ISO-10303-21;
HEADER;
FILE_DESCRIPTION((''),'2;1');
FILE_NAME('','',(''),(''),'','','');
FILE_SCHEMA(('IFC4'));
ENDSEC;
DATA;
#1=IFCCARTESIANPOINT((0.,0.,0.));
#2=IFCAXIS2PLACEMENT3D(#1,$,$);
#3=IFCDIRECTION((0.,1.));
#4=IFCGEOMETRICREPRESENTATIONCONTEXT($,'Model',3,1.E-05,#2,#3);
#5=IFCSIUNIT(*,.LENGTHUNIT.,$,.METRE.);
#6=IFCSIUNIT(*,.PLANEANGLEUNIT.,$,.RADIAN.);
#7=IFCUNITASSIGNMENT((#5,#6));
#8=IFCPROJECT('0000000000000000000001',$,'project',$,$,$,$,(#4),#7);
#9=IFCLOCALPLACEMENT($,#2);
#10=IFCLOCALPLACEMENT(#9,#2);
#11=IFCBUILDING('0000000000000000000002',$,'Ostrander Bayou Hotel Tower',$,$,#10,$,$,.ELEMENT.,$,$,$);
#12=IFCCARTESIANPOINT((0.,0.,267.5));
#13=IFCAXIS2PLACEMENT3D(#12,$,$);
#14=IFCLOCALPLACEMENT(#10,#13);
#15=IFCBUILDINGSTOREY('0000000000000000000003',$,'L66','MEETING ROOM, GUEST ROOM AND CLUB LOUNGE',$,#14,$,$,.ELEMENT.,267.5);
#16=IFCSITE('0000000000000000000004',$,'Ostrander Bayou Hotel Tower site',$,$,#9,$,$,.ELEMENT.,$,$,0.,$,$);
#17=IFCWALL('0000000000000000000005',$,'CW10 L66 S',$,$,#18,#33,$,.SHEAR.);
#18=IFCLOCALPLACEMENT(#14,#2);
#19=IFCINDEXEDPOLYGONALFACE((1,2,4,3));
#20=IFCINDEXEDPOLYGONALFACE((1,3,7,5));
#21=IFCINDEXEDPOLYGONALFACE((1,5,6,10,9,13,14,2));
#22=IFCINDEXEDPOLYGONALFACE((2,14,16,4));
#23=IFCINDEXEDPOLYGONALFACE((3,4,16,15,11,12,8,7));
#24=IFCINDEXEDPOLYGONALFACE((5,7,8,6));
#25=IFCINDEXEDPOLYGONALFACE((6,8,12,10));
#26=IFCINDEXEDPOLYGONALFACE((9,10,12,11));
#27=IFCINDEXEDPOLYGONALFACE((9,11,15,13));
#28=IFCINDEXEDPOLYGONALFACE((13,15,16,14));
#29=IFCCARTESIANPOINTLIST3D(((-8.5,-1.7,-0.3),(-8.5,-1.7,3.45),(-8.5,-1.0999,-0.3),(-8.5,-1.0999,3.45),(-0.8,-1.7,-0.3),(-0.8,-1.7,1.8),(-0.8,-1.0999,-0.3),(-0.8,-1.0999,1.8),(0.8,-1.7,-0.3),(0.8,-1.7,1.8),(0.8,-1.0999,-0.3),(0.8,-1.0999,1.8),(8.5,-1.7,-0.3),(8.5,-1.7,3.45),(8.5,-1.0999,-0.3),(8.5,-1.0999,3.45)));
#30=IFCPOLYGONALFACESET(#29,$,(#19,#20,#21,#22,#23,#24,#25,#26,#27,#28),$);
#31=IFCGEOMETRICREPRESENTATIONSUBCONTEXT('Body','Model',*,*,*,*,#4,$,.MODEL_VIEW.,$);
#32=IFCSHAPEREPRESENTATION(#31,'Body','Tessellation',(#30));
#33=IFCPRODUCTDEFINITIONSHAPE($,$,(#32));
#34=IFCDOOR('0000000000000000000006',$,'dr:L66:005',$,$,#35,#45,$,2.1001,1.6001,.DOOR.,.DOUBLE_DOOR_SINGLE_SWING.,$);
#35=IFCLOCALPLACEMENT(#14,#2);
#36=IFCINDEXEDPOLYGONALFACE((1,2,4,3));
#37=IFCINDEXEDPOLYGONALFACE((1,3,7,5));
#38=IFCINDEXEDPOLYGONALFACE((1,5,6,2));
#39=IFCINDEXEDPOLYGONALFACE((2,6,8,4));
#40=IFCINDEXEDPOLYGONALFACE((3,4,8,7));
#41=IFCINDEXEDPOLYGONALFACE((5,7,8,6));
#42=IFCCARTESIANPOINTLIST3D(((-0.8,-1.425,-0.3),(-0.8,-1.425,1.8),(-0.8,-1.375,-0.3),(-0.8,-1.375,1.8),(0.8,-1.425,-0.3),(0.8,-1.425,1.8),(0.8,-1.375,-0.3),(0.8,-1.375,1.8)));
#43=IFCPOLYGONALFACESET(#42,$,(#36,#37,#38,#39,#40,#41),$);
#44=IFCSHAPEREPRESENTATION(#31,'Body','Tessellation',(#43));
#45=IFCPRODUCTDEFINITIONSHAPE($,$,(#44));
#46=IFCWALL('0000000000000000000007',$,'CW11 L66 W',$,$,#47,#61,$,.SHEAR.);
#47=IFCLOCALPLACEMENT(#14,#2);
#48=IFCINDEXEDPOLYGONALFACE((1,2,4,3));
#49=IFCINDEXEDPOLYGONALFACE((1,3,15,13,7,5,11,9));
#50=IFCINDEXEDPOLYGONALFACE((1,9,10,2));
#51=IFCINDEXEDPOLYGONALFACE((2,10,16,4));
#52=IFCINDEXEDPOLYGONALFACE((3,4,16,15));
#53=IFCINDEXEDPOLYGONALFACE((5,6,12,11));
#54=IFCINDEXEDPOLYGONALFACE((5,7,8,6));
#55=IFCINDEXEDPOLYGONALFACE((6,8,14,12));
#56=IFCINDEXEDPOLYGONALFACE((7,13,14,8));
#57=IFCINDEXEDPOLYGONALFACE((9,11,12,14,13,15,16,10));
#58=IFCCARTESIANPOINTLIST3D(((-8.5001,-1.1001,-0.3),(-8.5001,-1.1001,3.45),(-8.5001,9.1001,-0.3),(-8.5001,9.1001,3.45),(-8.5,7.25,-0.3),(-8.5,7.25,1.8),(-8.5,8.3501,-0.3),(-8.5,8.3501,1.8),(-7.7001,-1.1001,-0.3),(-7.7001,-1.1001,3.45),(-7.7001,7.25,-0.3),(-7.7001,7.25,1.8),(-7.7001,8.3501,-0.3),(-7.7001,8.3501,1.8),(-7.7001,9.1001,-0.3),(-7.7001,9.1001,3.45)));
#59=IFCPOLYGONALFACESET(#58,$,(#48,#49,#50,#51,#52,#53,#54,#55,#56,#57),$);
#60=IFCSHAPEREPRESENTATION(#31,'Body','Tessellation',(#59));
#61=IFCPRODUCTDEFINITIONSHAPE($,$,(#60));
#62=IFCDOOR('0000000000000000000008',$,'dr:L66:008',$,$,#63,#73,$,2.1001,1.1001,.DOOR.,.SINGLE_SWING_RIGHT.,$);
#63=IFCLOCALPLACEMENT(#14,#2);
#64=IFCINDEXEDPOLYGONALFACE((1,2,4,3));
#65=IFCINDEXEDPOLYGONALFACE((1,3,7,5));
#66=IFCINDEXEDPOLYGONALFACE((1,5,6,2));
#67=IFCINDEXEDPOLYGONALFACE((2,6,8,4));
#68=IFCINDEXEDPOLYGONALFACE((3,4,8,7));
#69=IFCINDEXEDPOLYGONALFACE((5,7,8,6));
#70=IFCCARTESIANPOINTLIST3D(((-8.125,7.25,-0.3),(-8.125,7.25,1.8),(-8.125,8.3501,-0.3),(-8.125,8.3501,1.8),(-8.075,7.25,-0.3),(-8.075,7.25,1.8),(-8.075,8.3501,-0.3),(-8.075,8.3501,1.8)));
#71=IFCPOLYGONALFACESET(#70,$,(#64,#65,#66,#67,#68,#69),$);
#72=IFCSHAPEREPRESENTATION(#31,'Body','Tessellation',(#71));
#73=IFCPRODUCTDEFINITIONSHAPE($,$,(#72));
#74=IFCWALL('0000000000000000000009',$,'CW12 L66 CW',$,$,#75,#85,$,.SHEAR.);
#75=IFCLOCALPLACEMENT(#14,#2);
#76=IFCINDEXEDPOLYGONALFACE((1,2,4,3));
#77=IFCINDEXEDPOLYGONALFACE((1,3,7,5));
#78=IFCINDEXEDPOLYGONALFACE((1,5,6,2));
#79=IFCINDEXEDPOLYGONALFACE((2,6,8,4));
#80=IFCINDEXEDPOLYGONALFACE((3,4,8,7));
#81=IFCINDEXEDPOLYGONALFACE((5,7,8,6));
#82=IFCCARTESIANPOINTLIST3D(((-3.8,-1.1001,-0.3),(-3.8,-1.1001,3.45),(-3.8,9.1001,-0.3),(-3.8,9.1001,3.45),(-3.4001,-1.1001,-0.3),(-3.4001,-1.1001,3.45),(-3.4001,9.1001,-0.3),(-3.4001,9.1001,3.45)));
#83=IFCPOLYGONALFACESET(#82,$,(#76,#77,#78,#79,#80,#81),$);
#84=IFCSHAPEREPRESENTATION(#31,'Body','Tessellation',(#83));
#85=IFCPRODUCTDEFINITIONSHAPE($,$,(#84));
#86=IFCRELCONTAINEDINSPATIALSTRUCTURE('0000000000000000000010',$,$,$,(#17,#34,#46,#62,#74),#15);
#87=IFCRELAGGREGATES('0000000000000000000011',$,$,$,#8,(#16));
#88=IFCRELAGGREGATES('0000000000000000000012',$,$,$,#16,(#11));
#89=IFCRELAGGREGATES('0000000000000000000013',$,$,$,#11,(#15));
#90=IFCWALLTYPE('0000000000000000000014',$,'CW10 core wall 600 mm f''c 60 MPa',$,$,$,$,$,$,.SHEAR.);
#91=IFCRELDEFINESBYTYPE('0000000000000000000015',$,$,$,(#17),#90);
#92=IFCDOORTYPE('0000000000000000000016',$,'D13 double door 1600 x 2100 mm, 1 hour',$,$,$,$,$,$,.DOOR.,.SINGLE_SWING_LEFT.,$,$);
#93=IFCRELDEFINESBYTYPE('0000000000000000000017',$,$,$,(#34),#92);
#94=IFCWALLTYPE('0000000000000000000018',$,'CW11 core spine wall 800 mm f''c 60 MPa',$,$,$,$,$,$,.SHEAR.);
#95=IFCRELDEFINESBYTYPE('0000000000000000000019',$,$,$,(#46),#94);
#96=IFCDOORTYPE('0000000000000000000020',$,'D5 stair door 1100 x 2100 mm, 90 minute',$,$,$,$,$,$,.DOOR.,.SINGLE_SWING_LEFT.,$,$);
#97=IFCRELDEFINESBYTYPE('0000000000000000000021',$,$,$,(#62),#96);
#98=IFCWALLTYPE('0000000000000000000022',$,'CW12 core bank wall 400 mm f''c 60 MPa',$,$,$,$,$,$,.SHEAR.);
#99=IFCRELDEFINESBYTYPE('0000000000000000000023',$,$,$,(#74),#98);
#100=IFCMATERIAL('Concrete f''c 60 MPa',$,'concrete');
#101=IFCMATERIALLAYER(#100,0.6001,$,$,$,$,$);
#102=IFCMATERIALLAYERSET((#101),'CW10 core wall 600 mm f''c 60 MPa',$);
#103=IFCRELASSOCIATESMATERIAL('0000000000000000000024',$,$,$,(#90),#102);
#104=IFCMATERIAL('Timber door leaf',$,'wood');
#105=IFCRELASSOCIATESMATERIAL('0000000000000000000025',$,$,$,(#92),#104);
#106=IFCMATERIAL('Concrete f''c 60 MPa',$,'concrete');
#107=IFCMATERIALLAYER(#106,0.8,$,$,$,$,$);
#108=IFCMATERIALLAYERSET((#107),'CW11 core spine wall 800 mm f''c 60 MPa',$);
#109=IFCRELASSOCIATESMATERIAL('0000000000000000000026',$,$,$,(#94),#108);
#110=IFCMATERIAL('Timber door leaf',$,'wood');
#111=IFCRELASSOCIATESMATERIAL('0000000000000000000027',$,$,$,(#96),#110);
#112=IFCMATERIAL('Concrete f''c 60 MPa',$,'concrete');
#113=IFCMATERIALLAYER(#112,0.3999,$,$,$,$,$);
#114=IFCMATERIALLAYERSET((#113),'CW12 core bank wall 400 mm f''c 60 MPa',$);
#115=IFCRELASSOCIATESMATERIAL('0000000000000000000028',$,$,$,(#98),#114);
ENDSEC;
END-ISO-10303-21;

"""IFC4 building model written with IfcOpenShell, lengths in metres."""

from ifc_helpers import new_model, si_unit, direction, frame, frame_2d, origin, place, context, subcontext, project, spatial, rectangle, extrude, material, layer, layer_set, type_object, element, fill, save


model = new_model("IFC4")

# Units and contexts
model_context = context("Model", 3, precision=1e-05, world=origin(), true_north=direction((0.0, 1.0)))
body_context = subcontext(model_context, "Body", "Model", "MODEL_VIEW")
ifc_project = project(units=[si_unit("LENGTHUNIT", "METRE"), si_unit("PLANEANGLEUNIT", "RADIAN")], contexts=[model_context])

# Site, building, storey
site_placement = place(None, origin())
site = spatial("IfcSite", under=ifc_project, at=site_placement, Name="Ostrander Bayou Hotel Tower site", CompositionType="ELEMENT", RefElevation=0.0)
building_placement = place(site_placement, origin())
building = spatial("IfcBuilding", under=site, at=building_placement, Name="Ostrander Bayou Hotel Tower", CompositionType="ELEMENT")
storey_placement = place(building_placement, frame((0.0, 0.0, 267.5)))
storey = spatial("IfcBuildingStorey", under=building, at=storey_placement, Name="L66", Description="MEETING ROOM, GUEST ROOM AND CLUB LOUNGE", CompositionType="ELEMENT", Elevation=267.5)

# Walls, openings, doors
ifc_material_1 = material(Name="Concrete f'c 60 MPa", Category="concrete")
ifc_layer_1 = layer(ifc_material_1, 0.6001)
ifc_layer_set_1 = layer_set([ifc_layer_1], Name="CW10 core wall 600 mm f'c 60 MPa")
wall_type_1 = type_object("IfcWallType", Name="CW10 core wall 600 mm f'c 60 MPa", PredefinedType="SHEAR", material=ifc_layer_set_1)
wall_1_placement = place(storey_placement, frame((-8.5, -1.3999, -0.3), z_axis=(0.0, 0.0, 1.0), x_axis=(1.0, 0.0, 0.0)))
wall_1 = element("IfcWall", 1, at=wall_1_placement, inside=storey, type_object=wall_type_1, Name="CW10 L66 S", PredefinedType="SHEAR", context=body_context, shape_type="SweptSolid", body=[
    extrude(rectangle(XDim=17.0, YDim=0.6001, at=frame_2d((8.5, 0.0))), origin(), (0.0, 0.0, 1.0), 3.75),
])
opening_1_placement = place(wall_1_placement, frame((7.7, 0.0, 0.0)))
opening_1 = element("IfcOpeningElement", 2, at=opening_1_placement, cuts=wall_1, PredefinedType="OPENING", context=body_context, shape_type="SweptSolid", body=[
    extrude(rectangle(XDim=1.6001, YDim=2.1001, at=frame_2d((0.8, 1.05))), frame((0.0, 0.3, 0.0), z_axis=(0.0, -1.0, 0.0), x_axis=(1.0, 0.0, 0.0)), (0.0, 0.0, 1.0), 0.6001),
])
ifc_material_2 = material(Name="Timber door leaf", Category="wood")
door_type_1 = type_object("IfcDoorType", Name="D13 double door 1600 x 2100 mm, 1 hour", OperationType="SINGLE_SWING_LEFT", PredefinedType="DOOR", material=ifc_material_2)
door_1_placement = place(opening_1_placement, origin())
door_1 = element("IfcDoor", 3, at=door_1_placement, inside=storey, type_object=door_type_1, Name="dr:L66:005", OperationType="DOUBLE_DOOR_SINGLE_SWING", OverallHeight=2.1001, OverallWidth=1.6001, PredefinedType="DOOR", context=body_context, shape_type="SweptSolid", body=[
    extrude(rectangle(XDim=1.6001, YDim=2.1001, at=frame_2d((0.8, 1.05))), frame((0.0, 0.0249, 0.0), z_axis=(0.0, -1.0, 0.0), x_axis=(1.0, 0.0, 0.0)), (0.0, 0.0, 1.0), 0.05),
])
fill(opening_1, door_1)
ifc_material_3 = material(Name="Concrete f'c 60 MPa", Category="concrete")
ifc_layer_2 = layer(ifc_material_3, 0.8)
ifc_layer_set_2 = layer_set([ifc_layer_2], Name="CW11 core spine wall 800 mm f'c 60 MPa")
wall_type_2 = type_object("IfcWallType", Name="CW11 core spine wall 800 mm f'c 60 MPa", PredefinedType="SHEAR", material=ifc_layer_set_2)
wall_2_placement = place(storey_placement, frame((-8.1001, -1.1001, -0.3), z_axis=(0.0, 0.0, 1.0), x_axis=(0.0, 1.0, 0.0)))
wall_2 = element("IfcWall", 4, at=wall_2_placement, inside=storey, type_object=wall_type_2, Name="CW11 L66 W", PredefinedType="SHEAR", context=body_context, shape_type="SweptSolid", body=[
    extrude(rectangle(XDim=10.2002, YDim=0.8, at=frame_2d((5.1001, 0.0))), origin(), (0.0, 0.0, 1.0), 3.75),
])
opening_2_placement = place(wall_2_placement, frame((8.3501, 0.0, 0.0)))
opening_2 = element("IfcOpeningElement", 5, at=opening_2_placement, cuts=wall_2, PredefinedType="OPENING", context=body_context, shape_type="SweptSolid", body=[
    extrude(rectangle(XDim=1.1001, YDim=2.1001, at=frame_2d((0.55, 1.05))), frame((0.0, 0.3999, 0.0), z_axis=(0.0, -1.0, 0.0), x_axis=(1.0, 0.0, 0.0)), (0.0, 0.0, 1.0), 0.8),
])
ifc_material_4 = material(Name="Timber door leaf", Category="wood")
door_type_2 = type_object("IfcDoorType", Name="D5 stair door 1100 x 2100 mm, 90 minute", OperationType="SINGLE_SWING_LEFT", PredefinedType="DOOR", material=ifc_material_4)
door_2_placement = place(opening_2_placement, origin())
door_2 = element("IfcDoor", 6, at=door_2_placement, inside=storey, type_object=door_type_2, Name="dr:L66:008", OperationType="SINGLE_SWING_RIGHT", OverallHeight=2.1001, OverallWidth=1.1001, PredefinedType="DOOR", context=body_context, shape_type="SweptSolid", body=[
    extrude(rectangle(XDim=1.1001, YDim=2.1001, at=frame_2d((0.55, 1.05))), frame((0.0, 0.0249, 0.0), z_axis=(0.0, -1.0, 0.0), x_axis=(1.0, 0.0, 0.0)), (0.0, 0.0, 1.0), 0.05),
])
fill(opening_2, door_2)

# Wall
ifc_material_5 = material(Name="Concrete f'c 60 MPa", Category="concrete")
ifc_layer_3 = layer(ifc_material_5, 0.3999)
ifc_layer_set_3 = layer_set([ifc_layer_3], Name="CW12 core bank wall 400 mm f'c 60 MPa")
wall_type_3 = type_object("IfcWallType", Name="CW12 core bank wall 400 mm f'c 60 MPa", PredefinedType="SHEAR", material=ifc_layer_set_3)
wall_3_placement = place(storey_placement, frame((-3.6001, -1.1001, -0.3), z_axis=(0.0, 0.0, 1.0), x_axis=(0.0, 1.0, 0.0)))
element("IfcWall", 7, at=wall_3_placement, inside=storey, type_object=wall_type_3, Name="CW12 L66 CW", PredefinedType="SHEAR", context=body_context, shape_type="SweptSolid", body=[
    extrude(rectangle(XDim=10.2002, YDim=0.3999, at=frame_2d((5.1001, 0.0))), origin(), (0.0, 0.0, 1.0), 3.75),
])

save(model, "model.ifc")
